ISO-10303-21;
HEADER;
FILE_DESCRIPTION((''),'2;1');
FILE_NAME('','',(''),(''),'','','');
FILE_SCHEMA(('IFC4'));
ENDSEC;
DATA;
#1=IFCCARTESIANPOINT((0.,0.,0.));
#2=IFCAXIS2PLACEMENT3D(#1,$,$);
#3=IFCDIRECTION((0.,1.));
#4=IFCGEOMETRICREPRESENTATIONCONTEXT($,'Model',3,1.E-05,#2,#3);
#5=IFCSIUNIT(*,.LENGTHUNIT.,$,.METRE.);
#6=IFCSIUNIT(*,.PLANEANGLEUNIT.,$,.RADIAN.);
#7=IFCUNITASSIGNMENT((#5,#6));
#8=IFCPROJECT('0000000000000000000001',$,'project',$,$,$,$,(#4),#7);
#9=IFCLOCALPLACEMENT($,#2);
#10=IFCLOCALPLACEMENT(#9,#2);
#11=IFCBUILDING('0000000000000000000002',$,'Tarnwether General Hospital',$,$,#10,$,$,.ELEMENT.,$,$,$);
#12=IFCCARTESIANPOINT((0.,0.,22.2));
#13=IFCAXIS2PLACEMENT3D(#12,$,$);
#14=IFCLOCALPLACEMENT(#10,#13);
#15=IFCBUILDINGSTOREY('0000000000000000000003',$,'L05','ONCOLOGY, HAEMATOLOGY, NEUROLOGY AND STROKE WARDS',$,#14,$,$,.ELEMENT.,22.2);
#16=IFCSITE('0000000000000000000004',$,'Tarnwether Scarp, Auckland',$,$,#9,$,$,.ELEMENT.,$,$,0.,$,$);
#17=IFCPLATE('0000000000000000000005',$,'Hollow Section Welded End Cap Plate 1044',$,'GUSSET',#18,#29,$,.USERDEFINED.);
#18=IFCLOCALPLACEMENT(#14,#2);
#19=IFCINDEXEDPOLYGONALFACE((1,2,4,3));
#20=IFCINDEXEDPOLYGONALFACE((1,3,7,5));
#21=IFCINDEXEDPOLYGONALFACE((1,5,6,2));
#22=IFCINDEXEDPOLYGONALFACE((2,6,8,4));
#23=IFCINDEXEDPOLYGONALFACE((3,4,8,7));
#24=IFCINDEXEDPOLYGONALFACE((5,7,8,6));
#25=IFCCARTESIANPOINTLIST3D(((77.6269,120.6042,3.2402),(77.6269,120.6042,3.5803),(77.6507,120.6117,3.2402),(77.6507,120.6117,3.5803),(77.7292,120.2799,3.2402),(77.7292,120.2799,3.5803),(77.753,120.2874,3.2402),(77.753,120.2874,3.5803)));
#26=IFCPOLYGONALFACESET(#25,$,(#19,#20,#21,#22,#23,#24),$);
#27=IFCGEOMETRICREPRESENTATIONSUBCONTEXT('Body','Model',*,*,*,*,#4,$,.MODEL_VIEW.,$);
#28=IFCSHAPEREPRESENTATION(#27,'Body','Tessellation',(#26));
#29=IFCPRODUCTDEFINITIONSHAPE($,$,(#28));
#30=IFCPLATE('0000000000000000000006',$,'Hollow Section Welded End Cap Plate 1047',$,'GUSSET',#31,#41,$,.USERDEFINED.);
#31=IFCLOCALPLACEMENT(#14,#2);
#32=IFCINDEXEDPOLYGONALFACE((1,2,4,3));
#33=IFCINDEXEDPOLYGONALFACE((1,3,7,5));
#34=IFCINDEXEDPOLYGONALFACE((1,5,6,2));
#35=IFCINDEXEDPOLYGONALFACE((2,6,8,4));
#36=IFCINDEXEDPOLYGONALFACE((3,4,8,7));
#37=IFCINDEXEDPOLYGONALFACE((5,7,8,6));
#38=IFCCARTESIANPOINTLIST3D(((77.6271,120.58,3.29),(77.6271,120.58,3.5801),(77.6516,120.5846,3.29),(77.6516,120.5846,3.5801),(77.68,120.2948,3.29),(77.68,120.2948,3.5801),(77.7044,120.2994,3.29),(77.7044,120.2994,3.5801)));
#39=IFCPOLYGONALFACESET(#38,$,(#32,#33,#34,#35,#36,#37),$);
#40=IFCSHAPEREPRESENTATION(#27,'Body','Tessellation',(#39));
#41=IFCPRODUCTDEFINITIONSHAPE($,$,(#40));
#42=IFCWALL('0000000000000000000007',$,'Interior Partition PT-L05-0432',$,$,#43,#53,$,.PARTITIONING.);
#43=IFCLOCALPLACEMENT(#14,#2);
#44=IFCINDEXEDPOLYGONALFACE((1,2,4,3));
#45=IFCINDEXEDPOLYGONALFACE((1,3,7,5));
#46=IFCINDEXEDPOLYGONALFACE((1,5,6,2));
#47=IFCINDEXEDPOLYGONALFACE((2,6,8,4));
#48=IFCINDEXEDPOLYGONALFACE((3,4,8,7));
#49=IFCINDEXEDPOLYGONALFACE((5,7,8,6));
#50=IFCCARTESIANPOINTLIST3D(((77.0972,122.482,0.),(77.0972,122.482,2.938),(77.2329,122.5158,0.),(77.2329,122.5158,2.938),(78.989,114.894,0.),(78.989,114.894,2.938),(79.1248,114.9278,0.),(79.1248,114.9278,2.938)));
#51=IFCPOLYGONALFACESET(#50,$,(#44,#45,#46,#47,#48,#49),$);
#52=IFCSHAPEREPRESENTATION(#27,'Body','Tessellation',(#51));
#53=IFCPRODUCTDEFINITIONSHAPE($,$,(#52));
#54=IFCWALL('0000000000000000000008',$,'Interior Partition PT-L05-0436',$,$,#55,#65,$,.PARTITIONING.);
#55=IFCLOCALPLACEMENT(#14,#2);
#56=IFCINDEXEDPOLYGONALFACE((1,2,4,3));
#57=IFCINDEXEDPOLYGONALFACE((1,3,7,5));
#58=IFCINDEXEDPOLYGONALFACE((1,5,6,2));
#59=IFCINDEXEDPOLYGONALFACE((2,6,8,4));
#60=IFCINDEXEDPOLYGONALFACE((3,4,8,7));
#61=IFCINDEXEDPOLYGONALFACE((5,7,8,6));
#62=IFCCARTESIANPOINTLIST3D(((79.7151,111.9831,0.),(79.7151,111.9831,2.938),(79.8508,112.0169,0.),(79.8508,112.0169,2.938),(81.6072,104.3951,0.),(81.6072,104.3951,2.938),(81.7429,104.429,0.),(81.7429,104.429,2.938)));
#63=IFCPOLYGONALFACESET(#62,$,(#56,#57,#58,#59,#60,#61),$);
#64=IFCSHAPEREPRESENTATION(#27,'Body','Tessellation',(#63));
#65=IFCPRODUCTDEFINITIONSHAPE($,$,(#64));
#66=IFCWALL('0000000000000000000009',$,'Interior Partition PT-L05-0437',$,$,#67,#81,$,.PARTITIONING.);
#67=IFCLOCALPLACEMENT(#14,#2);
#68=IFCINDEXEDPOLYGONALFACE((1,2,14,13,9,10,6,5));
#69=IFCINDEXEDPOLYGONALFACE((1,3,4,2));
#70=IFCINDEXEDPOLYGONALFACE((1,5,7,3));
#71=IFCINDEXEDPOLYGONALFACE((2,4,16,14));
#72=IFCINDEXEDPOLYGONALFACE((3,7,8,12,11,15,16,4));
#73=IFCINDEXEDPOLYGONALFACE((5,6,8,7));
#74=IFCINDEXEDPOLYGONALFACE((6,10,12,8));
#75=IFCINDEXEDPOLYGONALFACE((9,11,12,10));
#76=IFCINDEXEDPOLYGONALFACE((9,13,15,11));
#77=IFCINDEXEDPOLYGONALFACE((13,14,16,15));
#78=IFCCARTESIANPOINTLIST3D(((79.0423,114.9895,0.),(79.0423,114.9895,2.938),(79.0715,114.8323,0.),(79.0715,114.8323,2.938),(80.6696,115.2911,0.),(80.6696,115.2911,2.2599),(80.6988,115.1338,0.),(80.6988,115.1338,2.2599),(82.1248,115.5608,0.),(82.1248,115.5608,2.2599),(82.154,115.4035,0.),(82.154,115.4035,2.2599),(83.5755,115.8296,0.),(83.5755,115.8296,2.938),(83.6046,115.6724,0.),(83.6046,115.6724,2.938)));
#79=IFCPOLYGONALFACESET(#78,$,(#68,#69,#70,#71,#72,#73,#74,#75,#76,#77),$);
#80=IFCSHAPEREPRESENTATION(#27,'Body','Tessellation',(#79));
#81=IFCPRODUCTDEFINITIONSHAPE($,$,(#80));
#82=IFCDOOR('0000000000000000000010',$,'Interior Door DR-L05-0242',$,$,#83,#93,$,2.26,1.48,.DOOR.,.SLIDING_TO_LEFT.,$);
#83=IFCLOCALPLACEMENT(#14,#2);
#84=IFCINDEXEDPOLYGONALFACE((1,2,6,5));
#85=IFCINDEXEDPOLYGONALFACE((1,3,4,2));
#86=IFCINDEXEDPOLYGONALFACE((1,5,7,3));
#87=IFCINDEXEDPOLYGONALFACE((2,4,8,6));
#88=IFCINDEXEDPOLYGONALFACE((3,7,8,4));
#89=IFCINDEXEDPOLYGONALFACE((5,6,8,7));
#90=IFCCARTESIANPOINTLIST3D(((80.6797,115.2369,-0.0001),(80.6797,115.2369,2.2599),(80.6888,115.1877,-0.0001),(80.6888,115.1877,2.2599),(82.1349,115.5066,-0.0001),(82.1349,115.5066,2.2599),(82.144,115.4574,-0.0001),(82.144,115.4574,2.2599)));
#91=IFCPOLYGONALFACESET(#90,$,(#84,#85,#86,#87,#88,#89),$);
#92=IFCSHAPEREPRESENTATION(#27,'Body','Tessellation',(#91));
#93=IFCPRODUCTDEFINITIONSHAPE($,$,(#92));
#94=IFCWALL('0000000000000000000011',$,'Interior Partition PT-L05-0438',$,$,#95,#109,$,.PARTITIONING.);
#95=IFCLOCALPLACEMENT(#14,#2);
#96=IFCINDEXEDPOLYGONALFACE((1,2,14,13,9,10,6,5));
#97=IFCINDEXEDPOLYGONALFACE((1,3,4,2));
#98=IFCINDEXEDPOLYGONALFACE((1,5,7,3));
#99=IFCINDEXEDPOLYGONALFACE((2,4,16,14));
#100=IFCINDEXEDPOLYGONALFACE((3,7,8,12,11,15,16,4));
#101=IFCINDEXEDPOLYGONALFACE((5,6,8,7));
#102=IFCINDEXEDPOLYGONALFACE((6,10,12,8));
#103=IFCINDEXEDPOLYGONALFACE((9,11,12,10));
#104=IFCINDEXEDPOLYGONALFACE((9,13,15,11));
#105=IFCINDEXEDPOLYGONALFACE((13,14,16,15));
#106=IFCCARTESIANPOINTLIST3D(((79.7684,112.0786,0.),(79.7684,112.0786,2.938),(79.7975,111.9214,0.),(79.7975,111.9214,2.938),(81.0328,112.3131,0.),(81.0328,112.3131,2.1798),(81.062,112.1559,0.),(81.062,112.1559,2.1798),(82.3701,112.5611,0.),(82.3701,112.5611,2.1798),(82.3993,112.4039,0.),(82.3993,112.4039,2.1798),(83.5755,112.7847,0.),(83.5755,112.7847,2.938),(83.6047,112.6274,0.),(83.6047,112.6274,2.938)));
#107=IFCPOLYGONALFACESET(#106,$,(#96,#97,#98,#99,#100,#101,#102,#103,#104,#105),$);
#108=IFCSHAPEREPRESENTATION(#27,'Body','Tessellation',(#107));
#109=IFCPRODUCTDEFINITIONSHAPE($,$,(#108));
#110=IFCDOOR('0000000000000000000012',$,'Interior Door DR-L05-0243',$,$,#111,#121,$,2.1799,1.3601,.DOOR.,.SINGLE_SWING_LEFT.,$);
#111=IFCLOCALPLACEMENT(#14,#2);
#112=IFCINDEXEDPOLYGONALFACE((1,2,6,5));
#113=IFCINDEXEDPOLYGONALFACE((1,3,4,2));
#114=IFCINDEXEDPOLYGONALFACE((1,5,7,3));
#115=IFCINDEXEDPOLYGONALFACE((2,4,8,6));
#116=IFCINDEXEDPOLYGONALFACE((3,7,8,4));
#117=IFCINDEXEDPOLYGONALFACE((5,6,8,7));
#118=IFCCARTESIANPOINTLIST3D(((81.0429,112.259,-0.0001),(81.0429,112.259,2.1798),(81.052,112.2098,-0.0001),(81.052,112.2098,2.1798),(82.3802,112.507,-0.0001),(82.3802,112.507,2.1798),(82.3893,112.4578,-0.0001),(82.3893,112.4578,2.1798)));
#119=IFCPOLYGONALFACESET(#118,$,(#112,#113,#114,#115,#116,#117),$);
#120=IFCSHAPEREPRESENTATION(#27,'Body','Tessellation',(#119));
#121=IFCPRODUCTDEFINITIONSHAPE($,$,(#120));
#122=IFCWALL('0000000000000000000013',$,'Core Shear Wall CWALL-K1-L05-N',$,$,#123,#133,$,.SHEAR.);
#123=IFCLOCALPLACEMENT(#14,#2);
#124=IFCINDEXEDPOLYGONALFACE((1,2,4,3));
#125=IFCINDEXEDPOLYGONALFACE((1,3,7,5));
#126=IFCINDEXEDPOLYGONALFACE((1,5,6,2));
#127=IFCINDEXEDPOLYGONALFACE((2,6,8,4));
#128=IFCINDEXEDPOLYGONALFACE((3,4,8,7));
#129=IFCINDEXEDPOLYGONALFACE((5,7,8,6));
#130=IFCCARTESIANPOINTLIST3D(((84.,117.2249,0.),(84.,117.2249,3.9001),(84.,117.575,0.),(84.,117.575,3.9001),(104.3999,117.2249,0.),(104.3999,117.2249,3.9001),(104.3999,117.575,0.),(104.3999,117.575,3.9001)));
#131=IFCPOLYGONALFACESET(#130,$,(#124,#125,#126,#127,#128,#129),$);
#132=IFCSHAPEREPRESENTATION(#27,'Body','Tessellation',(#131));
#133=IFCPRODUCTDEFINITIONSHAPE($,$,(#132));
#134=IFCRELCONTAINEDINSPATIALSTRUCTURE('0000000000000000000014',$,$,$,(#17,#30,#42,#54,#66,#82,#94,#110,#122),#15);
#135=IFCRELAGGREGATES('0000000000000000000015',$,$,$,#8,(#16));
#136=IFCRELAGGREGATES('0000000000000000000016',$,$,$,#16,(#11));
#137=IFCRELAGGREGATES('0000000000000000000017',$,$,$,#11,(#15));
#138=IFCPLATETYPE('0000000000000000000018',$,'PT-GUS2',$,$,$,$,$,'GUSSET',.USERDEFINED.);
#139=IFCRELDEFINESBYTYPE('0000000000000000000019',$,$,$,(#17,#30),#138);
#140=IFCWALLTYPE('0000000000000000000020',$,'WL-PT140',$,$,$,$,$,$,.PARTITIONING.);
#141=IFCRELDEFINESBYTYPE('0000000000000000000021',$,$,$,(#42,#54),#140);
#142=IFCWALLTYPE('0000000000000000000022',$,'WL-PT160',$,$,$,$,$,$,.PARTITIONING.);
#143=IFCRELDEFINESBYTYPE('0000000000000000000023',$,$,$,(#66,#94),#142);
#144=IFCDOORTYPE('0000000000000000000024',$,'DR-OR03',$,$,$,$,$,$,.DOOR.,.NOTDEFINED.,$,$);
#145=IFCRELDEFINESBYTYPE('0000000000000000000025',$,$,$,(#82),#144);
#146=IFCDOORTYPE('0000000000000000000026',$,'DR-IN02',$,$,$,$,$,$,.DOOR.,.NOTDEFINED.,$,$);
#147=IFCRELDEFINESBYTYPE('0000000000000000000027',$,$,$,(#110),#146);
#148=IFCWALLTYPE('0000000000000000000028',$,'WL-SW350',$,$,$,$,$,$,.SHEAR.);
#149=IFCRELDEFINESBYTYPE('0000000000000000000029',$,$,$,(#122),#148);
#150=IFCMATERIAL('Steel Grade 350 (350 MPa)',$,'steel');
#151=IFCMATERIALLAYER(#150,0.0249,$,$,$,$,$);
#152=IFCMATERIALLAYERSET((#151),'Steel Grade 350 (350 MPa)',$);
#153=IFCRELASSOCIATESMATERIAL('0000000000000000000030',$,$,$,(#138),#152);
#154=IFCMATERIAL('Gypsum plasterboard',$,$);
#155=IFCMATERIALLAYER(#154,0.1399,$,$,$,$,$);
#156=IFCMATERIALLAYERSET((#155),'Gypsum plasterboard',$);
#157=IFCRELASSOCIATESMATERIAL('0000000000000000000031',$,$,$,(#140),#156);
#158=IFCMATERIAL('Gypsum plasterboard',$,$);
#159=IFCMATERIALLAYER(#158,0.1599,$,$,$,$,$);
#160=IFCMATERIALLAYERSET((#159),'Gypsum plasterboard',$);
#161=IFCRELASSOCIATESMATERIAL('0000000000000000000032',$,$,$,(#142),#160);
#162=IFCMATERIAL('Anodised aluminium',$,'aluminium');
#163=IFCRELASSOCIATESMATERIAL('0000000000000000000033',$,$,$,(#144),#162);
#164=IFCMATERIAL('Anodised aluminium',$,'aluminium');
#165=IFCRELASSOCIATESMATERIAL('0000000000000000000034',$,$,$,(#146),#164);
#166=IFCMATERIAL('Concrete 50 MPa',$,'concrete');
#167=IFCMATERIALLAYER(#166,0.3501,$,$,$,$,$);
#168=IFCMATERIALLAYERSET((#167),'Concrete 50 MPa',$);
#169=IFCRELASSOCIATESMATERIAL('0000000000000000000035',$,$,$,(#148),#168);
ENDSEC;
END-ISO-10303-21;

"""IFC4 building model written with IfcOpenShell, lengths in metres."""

from ifc_helpers import new_model, si_unit, direction, frame, frame_2d, origin, origin_2d, place, context, subcontext, project, spatial, rectangle, extrude, material, layer, layer_set, type_object, element, fill, save


model = new_model("IFC4")

# Units and contexts
model_context = context("Model", 3, precision=1e-05, world=origin(), true_north=direction((0.0, 1.0)))
body_context = subcontext(model_context, "Body", "Model", "MODEL_VIEW")
ifc_project = project(units=[si_unit("LENGTHUNIT", "METRE"), si_unit("PLANEANGLEUNIT", "RADIAN")], contexts=[model_context])

# Site, building, storey
site_placement = place(None, origin())
site = spatial("IfcSite", under=ifc_project, at=site_placement, Name="Tarnwether Scarp, Auckland", CompositionType="ELEMENT", RefElevation=0.0)
building_placement = place(site_placement, origin())
building = spatial("IfcBuilding", under=site, at=building_placement, Name="Tarnwether General Hospital", CompositionType="ELEMENT")
storey_placement = place(building_placement, frame((0.0, 0.0, 22.2)))
storey = spatial("IfcBuildingStorey", under=building, at=storey_placement, Name="L05", Description="ONCOLOGY, HAEMATOLOGY, NEUROLOGY AND STROKE WARDS", CompositionType="ELEMENT", Elevation=22.2)

# Plates
ifc_material_1 = material(Name="Steel Grade 350 (350 MPa)", Category="steel")
ifc_layer_1 = layer(ifc_material_1, 0.0249)
ifc_layer_set_1 = layer_set([ifc_layer_1], Name="Steel Grade 350 (350 MPa)")
plate_type = type_object("IfcPlateType", Name="PT-GUS2", ElementType="GUSSET", PredefinedType="USERDEFINED", material=ifc_layer_set_1)
plate_1_placement = place(storey_placement, frame((77.6899, 120.4458, 3.2402), z_axis=(0.0, 0.0, 1.0), x_axis=(0.953691, 0.300789, 0.0)))
element("IfcPlate", 1, at=plate_1_placement, inside=storey, type_object=plate_type, Name="Hollow Section Welded End Cap Plate 1044", ObjectType="GUSSET", PredefinedType="USERDEFINED", context=body_context, shape_type="SweptSolid", body=[
    extrude(rectangle(XDim=0.0249, YDim=0.3401, at=origin_2d()), origin(), (0.0, 0.0, 1.0), 0.3401),
])
plate_2_placement = place(storey_placement, frame((77.6658, 120.4397, 3.29), z_axis=(0.0, 0.0, 1.0), x_axis=(0.983261, 0.182201, 0.0)))
element("IfcPlate", 2, at=plate_2_placement, inside=storey, type_object=plate_type, Name="Hollow Section Welded End Cap Plate 1047", ObjectType="GUSSET", PredefinedType="USERDEFINED", context=body_context, shape_type="SweptSolid", body=[
    extrude(rectangle(XDim=0.0249, YDim=0.29, at=origin_2d()), origin(), (0.0, 0.0, 1.0), 0.29),
])

# Walls
ifc_material_2 = material(Name="Gypsum plasterboard")
ifc_layer_2 = layer(ifc_material_2, 0.1399)
ifc_layer_set_2 = layer_set([ifc_layer_2], Name="Gypsum plasterboard")
wall_type_1 = type_object("IfcWallType", Name="WL-PT140", PredefinedType="PARTITIONING", material=ifc_layer_set_2)
for number, where, z_axis, x_axis, name in (
    (3, (79.0569, 114.9109, 0.0), (0.0, 0.0, 1.0), (-0.241911, 0.970298, 0.0), "Interior Partition PT-L05-0432"),
    (4, (79.783, 112.0, 0.0), (0.0, 0.0, 1.0), (0.241948, -0.970289, 0.0), "Interior Partition PT-L05-0436"),
):
    element("IfcWall", number, at=place(storey_placement, frame(where, z_axis=z_axis, x_axis=x_axis)), inside=storey, type_object=wall_type_1, Name=name, PredefinedType="PARTITIONING", context=body_context, shape_type="SweptSolid", body=[
        extrude(rectangle(XDim=7.8203, YDim=0.1399, at=frame_2d((3.9102, 0.0))), origin(), (0.0, 0.0, 1.0), 2.938),
    ])

# Walls, openings, doors
ifc_material_3 = material(Name="Gypsum plasterboard")
ifc_layer_3 = layer(ifc_material_3, 0.1599)
ifc_layer_set_3 = layer_set([ifc_layer_3], Name="Gypsum plasterboard")
wall_type_2 = type_object("IfcWallType", Name="WL-PT160", PredefinedType="PARTITIONING", material=ifc_layer_set_3)
wall_1_placement = place(storey_placement, frame((79.0569, 114.9109, 0.0), z_axis=(0.0, 0.0, 1.0), x_axis=(0.983258, 0.182216, 0.0)))
wall_1 = element("IfcWall", 5, at=wall_1_placement, inside=storey, type_object=wall_type_2, Name="Interior Partition PT-L05-0437", PredefinedType="PARTITIONING", context=body_context, shape_type="SweptSolid", body=[
    extrude(rectangle(XDim=4.6104, YDim=0.1599, at=frame_2d((2.3052, 0.0))), origin(), (0.0, 0.0, 1.0), 2.938),
])
opening_1_placement = place(wall_1_placement, frame((1.655, 0.0, 0.0)))
opening_1 = element("IfcOpeningElement", 6, at=opening_1_placement, cuts=wall_1, PredefinedType="OPENING", context=body_context, shape_type="SweptSolid", body=[
    extrude(rectangle(XDim=1.48, YDim=2.26, at=frame_2d((0.74, 1.1299))), frame((0.0, 0.0898, 0.0), z_axis=(0.0, -1.0, 0.0), x_axis=(1.0, 0.0, 0.0)), (0.0, 0.0, 1.0), 0.1799),
])
ifc_material_4 = material(Name="Anodised aluminium", Category="aluminium")
door_type_1 = type_object("IfcDoorType", Name="DR-OR03", OperationType="NOTDEFINED", PredefinedType="DOOR", material=ifc_material_4)
door_1_placement = place(opening_1_placement, origin())
door_1 = element("IfcDoor", 7, at=door_1_placement, inside=storey, type_object=door_type_1, Name="Interior Door DR-L05-0242", OperationType="SLIDING_TO_LEFT", OverallHeight=2.26, OverallWidth=1.48, PredefinedType="DOOR", context=body_context, shape_type="SweptSolid", body=[
    extrude(rectangle(XDim=1.48, YDim=2.26, at=frame_2d((0.74, 1.1299))), frame((0.0, 0.0249, 0.0), z_axis=(0.0, -1.0, 0.0), x_axis=(1.0, 0.0, 0.0)), (0.0, 0.0, 1.0), 0.05),
])
fill(opening_1, door_1)
wall_2_placement = place(storey_placement, frame((79.783, 112.0, 0.0), z_axis=(0.0, 0.0, 1.0), x_axis=(0.983234, 0.182347, 0.0)))
wall_2 = element("IfcWall", 8, at=wall_2_placement, inside=storey, type_object=wall_type_2, Name="Interior Partition PT-L05-0438", PredefinedType="PARTITIONING", context=body_context, shape_type="SweptSolid", body=[
    extrude(rectangle(XDim=3.8721, YDim=0.1599, at=frame_2d((1.936, 0.0))), origin(), (0.0, 0.0, 1.0), 2.938),
])
opening_2_placement = place(wall_2_placement, frame((1.2859, 0.0, 0.0)))
opening_2 = element("IfcOpeningElement", 9, at=opening_2_placement, cuts=wall_2, PredefinedType="OPENING", context=body_context, shape_type="SweptSolid", body=[
    extrude(rectangle(XDim=1.3601, YDim=2.1799, at=frame_2d((0.6802, 1.0898))), frame((0.0, 0.0898, 0.0), z_axis=(0.0, -1.0, 0.0), x_axis=(1.0, 0.0, 0.0)), (0.0, 0.0, 1.0), 0.1799),
])
ifc_material_5 = material(Name="Anodised aluminium", Category="aluminium")
door_type_2 = type_object("IfcDoorType", Name="DR-IN02", OperationType="NOTDEFINED", PredefinedType="DOOR", material=ifc_material_5)
door_2_placement = place(opening_2_placement, origin())
door_2 = element("IfcDoor", 10, at=door_2_placement, inside=storey, type_object=door_type_2, Name="Interior Door DR-L05-0243", OperationType="SINGLE_SWING_LEFT", OverallHeight=2.1799, OverallWidth=1.3601, PredefinedType="DOOR", context=body_context, shape_type="SweptSolid", body=[
    extrude(rectangle(XDim=1.3601, YDim=2.1799, at=frame_2d((0.6802, 1.0898))), frame((0.0, 0.0249, 0.0), z_axis=(0.0, -1.0, 0.0), x_axis=(1.0, 0.0, 0.0)), (0.0, 0.0, 1.0), 0.05),
])
fill(opening_2, door_2)

# Wall
ifc_material_6 = material(Name="Concrete 50 MPa", Category="concrete")
ifc_layer_4 = layer(ifc_material_6, 0.3501)
ifc_layer_set_4 = layer_set([ifc_layer_4], Name="Concrete 50 MPa")
wall_type_3 = type_object("IfcWallType", Name="WL-SW350", PredefinedType="SHEAR", material=ifc_layer_set_4)
wall_3_placement = place(storey_placement, frame((84.0, 117.3999, 0.0), z_axis=(0.0, 0.0, 1.0), x_axis=(1.0, 0.0, 0.0)))
element("IfcWall", 11, at=wall_3_placement, inside=storey, type_object=wall_type_3, Name="Core Shear Wall CWALL-K1-L05-N", PredefinedType="SHEAR", context=body_context, shape_type="SweptSolid", body=[
    extrude(rectangle(XDim=20.3999, YDim=0.3501, at=frame_2d((10.2, 0.0))), origin(), (0.0, 0.0, 1.0), 3.9001),
])

save(model, "model.ifc")
